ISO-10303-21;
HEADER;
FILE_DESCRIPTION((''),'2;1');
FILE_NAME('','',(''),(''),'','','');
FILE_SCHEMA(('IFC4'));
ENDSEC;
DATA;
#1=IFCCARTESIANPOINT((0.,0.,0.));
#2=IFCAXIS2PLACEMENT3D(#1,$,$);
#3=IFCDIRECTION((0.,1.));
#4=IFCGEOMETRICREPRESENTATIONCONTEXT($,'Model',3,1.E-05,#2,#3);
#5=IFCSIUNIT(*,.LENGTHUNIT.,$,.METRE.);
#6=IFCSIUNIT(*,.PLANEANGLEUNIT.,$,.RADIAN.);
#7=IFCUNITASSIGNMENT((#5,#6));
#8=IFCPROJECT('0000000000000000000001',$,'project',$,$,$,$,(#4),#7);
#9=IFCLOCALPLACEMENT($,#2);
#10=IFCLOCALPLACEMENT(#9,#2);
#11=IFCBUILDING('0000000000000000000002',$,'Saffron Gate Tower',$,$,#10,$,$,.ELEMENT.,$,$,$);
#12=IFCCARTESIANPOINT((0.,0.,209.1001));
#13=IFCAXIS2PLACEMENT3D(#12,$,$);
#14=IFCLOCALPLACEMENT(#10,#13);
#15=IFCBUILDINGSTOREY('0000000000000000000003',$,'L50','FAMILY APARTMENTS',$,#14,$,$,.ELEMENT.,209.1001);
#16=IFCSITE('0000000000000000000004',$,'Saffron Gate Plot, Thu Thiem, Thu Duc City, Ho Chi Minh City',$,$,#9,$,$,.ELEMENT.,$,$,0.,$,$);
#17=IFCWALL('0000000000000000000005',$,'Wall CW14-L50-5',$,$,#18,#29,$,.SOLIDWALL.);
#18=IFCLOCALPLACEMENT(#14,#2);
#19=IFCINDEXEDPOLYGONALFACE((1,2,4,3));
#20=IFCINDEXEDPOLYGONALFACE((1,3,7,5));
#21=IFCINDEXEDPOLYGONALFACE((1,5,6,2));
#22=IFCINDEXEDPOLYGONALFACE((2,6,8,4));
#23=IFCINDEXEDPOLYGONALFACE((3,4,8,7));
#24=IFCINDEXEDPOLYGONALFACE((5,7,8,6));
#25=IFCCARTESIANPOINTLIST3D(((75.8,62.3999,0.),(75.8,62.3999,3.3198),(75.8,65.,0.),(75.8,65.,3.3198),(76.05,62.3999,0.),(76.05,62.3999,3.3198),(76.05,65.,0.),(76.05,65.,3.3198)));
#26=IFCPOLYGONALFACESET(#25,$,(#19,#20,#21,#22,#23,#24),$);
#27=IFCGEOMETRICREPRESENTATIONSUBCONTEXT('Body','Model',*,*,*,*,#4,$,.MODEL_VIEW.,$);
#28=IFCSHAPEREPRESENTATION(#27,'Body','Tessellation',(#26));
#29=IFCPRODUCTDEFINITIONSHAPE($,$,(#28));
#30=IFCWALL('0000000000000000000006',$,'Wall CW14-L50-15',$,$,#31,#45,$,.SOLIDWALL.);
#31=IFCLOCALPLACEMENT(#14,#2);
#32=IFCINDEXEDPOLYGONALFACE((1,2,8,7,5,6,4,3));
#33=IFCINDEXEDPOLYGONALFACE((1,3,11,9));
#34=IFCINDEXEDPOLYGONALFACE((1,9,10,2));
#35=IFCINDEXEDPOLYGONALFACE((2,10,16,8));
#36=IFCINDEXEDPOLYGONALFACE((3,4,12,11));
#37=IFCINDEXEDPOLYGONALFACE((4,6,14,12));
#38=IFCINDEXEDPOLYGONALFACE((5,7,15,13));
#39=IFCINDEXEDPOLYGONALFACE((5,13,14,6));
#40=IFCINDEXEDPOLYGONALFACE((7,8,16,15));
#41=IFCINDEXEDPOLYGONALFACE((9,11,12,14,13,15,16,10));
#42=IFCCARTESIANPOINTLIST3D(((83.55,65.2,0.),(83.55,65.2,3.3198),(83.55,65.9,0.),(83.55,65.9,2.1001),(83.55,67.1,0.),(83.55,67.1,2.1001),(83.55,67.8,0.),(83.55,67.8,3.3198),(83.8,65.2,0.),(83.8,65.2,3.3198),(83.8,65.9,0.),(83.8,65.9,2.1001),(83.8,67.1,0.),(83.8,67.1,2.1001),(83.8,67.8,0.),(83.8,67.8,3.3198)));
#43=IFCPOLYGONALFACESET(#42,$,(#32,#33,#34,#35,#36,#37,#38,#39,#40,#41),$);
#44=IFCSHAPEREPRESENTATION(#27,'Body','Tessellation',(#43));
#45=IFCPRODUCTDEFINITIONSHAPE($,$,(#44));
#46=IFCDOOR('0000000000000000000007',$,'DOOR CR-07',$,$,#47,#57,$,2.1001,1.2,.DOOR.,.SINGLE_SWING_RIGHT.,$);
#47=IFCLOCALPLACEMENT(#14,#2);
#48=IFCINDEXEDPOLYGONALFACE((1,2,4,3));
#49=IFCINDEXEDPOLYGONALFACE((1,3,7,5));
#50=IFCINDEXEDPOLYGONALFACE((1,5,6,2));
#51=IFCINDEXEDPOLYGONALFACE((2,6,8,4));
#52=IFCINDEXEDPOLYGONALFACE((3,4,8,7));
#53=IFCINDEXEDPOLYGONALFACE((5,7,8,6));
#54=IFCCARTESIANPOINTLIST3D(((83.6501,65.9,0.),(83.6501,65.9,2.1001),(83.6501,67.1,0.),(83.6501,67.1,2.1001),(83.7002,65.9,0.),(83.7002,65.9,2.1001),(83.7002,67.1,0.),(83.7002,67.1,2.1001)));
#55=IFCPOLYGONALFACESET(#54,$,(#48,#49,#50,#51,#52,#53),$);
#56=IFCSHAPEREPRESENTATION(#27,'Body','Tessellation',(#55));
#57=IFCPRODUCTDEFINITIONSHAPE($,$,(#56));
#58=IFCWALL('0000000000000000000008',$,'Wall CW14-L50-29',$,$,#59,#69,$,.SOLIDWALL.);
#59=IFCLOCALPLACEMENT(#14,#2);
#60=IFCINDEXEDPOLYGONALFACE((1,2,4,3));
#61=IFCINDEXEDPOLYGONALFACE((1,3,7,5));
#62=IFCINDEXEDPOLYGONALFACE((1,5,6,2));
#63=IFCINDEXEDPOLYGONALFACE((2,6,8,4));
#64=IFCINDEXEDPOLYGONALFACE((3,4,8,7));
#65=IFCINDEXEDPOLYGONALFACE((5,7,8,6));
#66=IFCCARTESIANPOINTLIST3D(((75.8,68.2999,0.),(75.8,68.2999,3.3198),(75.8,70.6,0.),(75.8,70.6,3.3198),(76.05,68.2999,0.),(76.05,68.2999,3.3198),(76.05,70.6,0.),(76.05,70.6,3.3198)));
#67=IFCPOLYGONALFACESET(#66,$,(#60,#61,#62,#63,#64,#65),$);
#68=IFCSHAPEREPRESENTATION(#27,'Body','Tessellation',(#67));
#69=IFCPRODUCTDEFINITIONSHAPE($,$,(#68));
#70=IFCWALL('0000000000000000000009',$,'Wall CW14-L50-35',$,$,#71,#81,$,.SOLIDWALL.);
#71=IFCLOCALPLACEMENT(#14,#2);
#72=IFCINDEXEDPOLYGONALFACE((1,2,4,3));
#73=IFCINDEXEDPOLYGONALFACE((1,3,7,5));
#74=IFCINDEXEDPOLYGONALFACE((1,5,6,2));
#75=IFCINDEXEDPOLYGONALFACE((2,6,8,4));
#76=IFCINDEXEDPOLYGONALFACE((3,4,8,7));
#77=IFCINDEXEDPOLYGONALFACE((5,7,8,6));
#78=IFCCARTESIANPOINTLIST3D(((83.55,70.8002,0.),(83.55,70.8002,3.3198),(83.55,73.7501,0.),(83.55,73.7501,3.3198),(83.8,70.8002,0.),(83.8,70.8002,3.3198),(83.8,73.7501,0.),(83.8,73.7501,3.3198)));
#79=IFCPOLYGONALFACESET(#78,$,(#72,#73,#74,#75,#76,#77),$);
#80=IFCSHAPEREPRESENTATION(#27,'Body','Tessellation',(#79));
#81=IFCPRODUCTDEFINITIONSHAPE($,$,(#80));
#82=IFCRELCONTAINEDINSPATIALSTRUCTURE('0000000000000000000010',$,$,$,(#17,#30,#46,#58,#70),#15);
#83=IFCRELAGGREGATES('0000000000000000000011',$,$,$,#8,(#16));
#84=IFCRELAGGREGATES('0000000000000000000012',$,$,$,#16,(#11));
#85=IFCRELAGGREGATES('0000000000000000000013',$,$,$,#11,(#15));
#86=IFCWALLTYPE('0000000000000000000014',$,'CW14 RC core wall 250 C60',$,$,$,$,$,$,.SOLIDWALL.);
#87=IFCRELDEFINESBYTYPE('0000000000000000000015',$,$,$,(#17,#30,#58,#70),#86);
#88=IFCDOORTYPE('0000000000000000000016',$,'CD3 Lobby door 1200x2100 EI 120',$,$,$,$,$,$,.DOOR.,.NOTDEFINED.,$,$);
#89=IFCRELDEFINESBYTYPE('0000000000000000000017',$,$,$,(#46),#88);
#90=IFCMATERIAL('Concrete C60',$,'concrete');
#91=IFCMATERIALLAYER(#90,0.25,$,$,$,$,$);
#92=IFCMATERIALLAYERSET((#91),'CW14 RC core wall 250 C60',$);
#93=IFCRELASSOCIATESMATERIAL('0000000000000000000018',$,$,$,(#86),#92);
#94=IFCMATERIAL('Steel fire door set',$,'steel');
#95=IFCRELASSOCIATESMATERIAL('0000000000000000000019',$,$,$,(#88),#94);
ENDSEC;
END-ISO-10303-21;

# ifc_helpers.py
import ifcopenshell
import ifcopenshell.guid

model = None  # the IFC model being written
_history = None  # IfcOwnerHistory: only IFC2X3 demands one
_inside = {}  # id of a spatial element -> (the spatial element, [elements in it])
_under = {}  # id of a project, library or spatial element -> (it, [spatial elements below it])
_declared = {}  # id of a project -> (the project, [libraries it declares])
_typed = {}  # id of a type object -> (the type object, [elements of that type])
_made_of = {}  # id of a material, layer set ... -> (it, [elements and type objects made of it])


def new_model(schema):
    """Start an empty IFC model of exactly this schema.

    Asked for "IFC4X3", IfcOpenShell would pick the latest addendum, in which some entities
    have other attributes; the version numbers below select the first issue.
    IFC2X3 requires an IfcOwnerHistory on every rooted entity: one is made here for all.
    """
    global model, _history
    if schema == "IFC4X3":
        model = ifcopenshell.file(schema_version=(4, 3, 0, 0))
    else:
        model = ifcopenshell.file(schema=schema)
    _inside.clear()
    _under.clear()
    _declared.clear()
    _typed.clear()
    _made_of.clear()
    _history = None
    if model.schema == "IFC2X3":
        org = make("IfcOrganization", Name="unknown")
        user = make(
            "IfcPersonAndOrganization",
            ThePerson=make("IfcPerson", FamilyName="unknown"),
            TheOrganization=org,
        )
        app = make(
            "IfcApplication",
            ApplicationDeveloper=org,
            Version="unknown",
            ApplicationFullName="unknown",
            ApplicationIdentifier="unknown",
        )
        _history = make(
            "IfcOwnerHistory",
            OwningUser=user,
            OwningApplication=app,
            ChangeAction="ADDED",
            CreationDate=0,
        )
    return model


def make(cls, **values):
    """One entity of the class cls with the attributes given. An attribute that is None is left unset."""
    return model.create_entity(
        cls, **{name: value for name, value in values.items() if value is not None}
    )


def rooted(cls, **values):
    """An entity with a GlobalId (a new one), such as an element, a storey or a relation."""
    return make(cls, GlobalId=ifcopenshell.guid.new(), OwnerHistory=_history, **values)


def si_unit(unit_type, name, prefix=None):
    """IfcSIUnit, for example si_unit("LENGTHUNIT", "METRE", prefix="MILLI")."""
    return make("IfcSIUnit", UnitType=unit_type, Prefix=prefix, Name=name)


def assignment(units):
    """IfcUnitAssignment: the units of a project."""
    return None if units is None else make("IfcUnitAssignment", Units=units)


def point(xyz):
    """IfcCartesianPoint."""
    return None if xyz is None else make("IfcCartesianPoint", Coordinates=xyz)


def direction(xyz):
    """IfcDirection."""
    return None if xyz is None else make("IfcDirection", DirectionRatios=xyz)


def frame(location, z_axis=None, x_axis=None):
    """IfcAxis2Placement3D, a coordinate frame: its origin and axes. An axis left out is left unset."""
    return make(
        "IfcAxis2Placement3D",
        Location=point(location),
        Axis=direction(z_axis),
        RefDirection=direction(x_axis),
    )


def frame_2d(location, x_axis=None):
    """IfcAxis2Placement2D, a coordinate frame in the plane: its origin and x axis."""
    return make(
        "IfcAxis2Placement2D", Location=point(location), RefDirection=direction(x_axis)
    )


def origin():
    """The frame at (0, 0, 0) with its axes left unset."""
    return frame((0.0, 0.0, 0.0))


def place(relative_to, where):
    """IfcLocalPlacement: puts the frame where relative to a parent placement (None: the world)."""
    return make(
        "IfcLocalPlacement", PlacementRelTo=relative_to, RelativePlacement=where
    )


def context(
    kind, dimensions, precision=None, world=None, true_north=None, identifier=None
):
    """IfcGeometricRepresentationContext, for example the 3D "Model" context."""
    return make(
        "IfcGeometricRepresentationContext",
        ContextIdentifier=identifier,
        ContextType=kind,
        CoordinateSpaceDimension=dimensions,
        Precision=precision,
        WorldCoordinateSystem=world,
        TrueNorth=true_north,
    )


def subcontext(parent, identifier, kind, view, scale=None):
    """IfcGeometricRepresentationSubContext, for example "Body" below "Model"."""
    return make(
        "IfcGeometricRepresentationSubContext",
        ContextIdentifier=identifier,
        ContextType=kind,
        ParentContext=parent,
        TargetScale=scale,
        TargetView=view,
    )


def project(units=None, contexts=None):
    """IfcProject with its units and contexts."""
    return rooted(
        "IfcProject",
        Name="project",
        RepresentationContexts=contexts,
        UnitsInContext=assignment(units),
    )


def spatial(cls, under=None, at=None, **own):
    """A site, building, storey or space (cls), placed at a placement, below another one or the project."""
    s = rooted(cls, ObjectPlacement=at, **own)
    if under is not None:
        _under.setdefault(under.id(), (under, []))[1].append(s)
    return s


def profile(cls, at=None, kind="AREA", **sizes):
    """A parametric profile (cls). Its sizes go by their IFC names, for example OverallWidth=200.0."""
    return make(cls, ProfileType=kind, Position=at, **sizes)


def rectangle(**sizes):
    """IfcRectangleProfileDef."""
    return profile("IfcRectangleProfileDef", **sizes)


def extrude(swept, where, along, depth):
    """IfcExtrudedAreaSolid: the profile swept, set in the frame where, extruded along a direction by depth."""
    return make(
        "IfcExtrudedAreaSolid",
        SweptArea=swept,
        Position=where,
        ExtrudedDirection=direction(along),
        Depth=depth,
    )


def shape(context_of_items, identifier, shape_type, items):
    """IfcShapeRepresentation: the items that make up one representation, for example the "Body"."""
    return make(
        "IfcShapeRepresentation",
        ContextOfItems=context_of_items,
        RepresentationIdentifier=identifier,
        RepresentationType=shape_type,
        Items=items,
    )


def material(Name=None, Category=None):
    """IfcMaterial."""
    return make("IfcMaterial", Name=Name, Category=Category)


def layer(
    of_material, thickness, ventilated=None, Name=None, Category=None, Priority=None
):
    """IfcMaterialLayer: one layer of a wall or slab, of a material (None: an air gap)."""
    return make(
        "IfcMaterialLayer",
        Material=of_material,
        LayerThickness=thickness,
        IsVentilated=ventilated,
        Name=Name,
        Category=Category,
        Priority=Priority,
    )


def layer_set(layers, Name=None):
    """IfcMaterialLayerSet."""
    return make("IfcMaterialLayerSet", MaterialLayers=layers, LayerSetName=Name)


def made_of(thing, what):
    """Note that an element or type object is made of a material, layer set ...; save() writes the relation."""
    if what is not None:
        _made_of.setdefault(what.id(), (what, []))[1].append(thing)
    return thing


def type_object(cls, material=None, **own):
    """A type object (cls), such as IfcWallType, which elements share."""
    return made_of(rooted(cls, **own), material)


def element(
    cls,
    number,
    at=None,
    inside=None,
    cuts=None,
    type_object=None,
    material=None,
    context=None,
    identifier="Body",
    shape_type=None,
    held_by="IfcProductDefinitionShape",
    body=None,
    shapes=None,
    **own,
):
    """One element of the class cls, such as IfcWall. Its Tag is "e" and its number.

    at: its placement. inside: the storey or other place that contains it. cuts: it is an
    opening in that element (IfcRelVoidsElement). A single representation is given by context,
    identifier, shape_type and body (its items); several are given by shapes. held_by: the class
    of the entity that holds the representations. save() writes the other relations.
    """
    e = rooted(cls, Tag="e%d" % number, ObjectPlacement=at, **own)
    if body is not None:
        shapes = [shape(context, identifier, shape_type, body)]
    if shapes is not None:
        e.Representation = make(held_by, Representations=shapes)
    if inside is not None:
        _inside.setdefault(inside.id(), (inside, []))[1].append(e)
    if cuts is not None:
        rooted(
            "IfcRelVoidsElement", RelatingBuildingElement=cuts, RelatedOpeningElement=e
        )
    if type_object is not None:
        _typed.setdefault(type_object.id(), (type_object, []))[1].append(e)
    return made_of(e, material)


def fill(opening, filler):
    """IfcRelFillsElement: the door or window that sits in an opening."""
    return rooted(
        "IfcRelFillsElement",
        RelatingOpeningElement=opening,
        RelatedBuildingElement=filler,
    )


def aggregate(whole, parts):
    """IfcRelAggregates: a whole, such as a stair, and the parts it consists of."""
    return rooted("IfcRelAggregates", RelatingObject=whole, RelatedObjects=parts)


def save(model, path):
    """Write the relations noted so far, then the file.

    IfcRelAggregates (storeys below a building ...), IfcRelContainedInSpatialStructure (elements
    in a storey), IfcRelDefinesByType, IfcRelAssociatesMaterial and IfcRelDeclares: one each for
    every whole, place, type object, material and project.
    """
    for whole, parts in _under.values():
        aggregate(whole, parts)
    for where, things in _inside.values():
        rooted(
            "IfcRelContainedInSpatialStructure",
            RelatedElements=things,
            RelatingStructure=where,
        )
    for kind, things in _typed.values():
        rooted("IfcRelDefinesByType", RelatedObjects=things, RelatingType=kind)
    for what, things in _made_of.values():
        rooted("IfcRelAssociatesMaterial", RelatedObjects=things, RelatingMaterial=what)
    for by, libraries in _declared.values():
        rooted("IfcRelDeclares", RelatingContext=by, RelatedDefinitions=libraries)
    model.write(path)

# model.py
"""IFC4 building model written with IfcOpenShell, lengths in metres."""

from ifc_helpers import new_model, si_unit, direction, frame, frame_2d, origin, place, context, subcontext, project, spatial, rectangle, extrude, material, layer, layer_set, type_object, element, fill, save


model = new_model("IFC4")

# Units and contexts
model_context = context("Model", 3, precision=1e-05, world=origin(), true_north=direction((0.0, 1.0)))
body_context = subcontext(model_context, "Body", "Model", "MODEL_VIEW")
ifc_project = project(units=[si_unit("LENGTHUNIT", "METRE"), si_unit("PLANEANGLEUNIT", "RADIAN")], contexts=[model_context])

# Site, building, storey
site_placement = place(None, origin())
site = spatial("IfcSite", under=ifc_project, at=site_placement, Name="Saffron Gate Plot, Thu Thiem, Thu Duc City, Ho Chi Minh City", CompositionType="ELEMENT", RefElevation=0.0)
building_placement = place(site_placement, origin())
building = spatial("IfcBuilding", under=site, at=building_placement, Name="Saffron Gate Tower", CompositionType="ELEMENT")
storey_placement = place(building_placement, frame((0.0, 0.0, 209.1001)))
storey = spatial("IfcBuildingStorey", under=building, at=storey_placement, Name="L50", Description="FAMILY APARTMENTS", CompositionType="ELEMENT", Elevation=209.1001)

# Wall
ifc_material_1 = material(Name="Concrete C60", Category="concrete")
ifc_layer_1 = layer(ifc_material_1, 0.25)
ifc_layer_set_1 = layer_set([ifc_layer_1], Name="CW14 RC core wall 250 C60")
wall_type_1 = type_object("IfcWallType", Name="CW14 RC core wall 250 C60", PredefinedType="SOLIDWALL", material=ifc_layer_set_1)
wall_1_placement = place(storey_placement, frame((75.925, 62.3999, 0.0), z_axis=(0.0, 0.0, 1.0), x_axis=(0.0, 1.0, 0.0)))
element("IfcWall", 1, at=wall_1_placement, inside=storey, type_object=wall_type_1, Name="Wall CW14-L50-5", PredefinedType="SOLIDWALL", context=body_context, shape_type="SweptSolid", body=[
    extrude(rectangle(XDim=2.6001, YDim=0.25, at=frame_2d((1.3, 0.0))), origin(), (0.0, 0.0, 1.0), 3.3198),
])

# Wall, opening, door
wall_2_placement = place(storey_placement, frame((83.675, 65.2, 0.0), z_axis=(0.0, 0.0, 1.0), x_axis=(0.0, 1.0, 0.0)))
wall_2 = element("IfcWall", 2, at=wall_2_placement, inside=storey, type_object=wall_type_1, Name="Wall CW14-L50-15", PredefinedType="SOLIDWALL", context=body_context, shape_type="SweptSolid", body=[
    extrude(rectangle(XDim=2.6001, YDim=0.25, at=frame_2d((1.3, 0.0))), origin(), (0.0, 0.0, 1.0), 3.3198),
])
opening_1_placement = place(wall_2_placement, frame((0.7, 0.0, 0.0)))
opening_1 = element("IfcOpeningElement", 3, at=opening_1_placement, cuts=wall_2, PredefinedType="OPENING", context=body_context, shape_type="SweptSolid", body=[
    extrude(rectangle(XDim=1.2, YDim=2.1001, at=frame_2d((0.6001, 1.05))), frame((0.0, 0.135, 0.0), z_axis=(0.0, -1.0, 0.0), x_axis=(1.0, 0.0, 0.0)), (0.0, 0.0, 1.0), 0.27),
])
ifc_material_2 = material(Name="Steel fire door set", Category="steel")
door_type_1 = type_object("IfcDoorType", Name="CD3 Lobby door 1200x2100 EI 120", OperationType="NOTDEFINED", PredefinedType="DOOR", material=ifc_material_2)
door_1_placement = place(opening_1_placement, origin())
door_1 = element("IfcDoor", 4, at=door_1_placement, inside=storey, type_object=door_type_1, Name="DOOR CR-07", OperationType="SINGLE_SWING_RIGHT", OverallHeight=2.1001, OverallWidth=1.2, PredefinedType="DOOR", context=body_context, shape_type="SweptSolid", body=[
    extrude(rectangle(XDim=1.2, YDim=2.1001, at=frame_2d((0.6001, 1.05))), frame((0.0, 0.0249, 0.0), z_axis=(0.0, -1.0, 0.0), x_axis=(1.0, 0.0, 0.0)), (0.0, 0.0, 1.0), 0.05),
])
fill(opening_1, door_1)

# Walls
wall_3_placement = place(storey_placement, frame((75.925, 68.3, 0.0), z_axis=(0.0, 0.0, 1.0), x_axis=(0.0, 1.0, 0.0)))
element("IfcWall", 5, at=wall_3_placement, inside=storey, type_object=wall_type_1, Name="Wall CW14-L50-29", PredefinedType="SOLIDWALL", context=body_context, shape_type="SweptSolid", body=[
    extrude(rectangle(XDim=2.3, YDim=0.25, at=frame_2d((1.1499, 0.0))), origin(), (0.0, 0.0, 1.0), 3.3198),
])
wall_4_placement = place(storey_placement, frame((83.675, 70.8, 0.0), z_axis=(0.0, 0.0, 1.0), x_axis=(0.0, 1.0, 0.0)))
element("IfcWall", 6, at=wall_4_placement, inside=storey, type_object=wall_type_1, Name="Wall CW14-L50-35", PredefinedType="SOLIDWALL", context=body_context, shape_type="SweptSolid", body=[
    extrude(rectangle(XDim=2.95, YDim=0.25, at=frame_2d((1.4751, 0.0))), origin(), (0.0, 0.0, 1.0), 3.3198),
])

save(model, "model.ifc")
